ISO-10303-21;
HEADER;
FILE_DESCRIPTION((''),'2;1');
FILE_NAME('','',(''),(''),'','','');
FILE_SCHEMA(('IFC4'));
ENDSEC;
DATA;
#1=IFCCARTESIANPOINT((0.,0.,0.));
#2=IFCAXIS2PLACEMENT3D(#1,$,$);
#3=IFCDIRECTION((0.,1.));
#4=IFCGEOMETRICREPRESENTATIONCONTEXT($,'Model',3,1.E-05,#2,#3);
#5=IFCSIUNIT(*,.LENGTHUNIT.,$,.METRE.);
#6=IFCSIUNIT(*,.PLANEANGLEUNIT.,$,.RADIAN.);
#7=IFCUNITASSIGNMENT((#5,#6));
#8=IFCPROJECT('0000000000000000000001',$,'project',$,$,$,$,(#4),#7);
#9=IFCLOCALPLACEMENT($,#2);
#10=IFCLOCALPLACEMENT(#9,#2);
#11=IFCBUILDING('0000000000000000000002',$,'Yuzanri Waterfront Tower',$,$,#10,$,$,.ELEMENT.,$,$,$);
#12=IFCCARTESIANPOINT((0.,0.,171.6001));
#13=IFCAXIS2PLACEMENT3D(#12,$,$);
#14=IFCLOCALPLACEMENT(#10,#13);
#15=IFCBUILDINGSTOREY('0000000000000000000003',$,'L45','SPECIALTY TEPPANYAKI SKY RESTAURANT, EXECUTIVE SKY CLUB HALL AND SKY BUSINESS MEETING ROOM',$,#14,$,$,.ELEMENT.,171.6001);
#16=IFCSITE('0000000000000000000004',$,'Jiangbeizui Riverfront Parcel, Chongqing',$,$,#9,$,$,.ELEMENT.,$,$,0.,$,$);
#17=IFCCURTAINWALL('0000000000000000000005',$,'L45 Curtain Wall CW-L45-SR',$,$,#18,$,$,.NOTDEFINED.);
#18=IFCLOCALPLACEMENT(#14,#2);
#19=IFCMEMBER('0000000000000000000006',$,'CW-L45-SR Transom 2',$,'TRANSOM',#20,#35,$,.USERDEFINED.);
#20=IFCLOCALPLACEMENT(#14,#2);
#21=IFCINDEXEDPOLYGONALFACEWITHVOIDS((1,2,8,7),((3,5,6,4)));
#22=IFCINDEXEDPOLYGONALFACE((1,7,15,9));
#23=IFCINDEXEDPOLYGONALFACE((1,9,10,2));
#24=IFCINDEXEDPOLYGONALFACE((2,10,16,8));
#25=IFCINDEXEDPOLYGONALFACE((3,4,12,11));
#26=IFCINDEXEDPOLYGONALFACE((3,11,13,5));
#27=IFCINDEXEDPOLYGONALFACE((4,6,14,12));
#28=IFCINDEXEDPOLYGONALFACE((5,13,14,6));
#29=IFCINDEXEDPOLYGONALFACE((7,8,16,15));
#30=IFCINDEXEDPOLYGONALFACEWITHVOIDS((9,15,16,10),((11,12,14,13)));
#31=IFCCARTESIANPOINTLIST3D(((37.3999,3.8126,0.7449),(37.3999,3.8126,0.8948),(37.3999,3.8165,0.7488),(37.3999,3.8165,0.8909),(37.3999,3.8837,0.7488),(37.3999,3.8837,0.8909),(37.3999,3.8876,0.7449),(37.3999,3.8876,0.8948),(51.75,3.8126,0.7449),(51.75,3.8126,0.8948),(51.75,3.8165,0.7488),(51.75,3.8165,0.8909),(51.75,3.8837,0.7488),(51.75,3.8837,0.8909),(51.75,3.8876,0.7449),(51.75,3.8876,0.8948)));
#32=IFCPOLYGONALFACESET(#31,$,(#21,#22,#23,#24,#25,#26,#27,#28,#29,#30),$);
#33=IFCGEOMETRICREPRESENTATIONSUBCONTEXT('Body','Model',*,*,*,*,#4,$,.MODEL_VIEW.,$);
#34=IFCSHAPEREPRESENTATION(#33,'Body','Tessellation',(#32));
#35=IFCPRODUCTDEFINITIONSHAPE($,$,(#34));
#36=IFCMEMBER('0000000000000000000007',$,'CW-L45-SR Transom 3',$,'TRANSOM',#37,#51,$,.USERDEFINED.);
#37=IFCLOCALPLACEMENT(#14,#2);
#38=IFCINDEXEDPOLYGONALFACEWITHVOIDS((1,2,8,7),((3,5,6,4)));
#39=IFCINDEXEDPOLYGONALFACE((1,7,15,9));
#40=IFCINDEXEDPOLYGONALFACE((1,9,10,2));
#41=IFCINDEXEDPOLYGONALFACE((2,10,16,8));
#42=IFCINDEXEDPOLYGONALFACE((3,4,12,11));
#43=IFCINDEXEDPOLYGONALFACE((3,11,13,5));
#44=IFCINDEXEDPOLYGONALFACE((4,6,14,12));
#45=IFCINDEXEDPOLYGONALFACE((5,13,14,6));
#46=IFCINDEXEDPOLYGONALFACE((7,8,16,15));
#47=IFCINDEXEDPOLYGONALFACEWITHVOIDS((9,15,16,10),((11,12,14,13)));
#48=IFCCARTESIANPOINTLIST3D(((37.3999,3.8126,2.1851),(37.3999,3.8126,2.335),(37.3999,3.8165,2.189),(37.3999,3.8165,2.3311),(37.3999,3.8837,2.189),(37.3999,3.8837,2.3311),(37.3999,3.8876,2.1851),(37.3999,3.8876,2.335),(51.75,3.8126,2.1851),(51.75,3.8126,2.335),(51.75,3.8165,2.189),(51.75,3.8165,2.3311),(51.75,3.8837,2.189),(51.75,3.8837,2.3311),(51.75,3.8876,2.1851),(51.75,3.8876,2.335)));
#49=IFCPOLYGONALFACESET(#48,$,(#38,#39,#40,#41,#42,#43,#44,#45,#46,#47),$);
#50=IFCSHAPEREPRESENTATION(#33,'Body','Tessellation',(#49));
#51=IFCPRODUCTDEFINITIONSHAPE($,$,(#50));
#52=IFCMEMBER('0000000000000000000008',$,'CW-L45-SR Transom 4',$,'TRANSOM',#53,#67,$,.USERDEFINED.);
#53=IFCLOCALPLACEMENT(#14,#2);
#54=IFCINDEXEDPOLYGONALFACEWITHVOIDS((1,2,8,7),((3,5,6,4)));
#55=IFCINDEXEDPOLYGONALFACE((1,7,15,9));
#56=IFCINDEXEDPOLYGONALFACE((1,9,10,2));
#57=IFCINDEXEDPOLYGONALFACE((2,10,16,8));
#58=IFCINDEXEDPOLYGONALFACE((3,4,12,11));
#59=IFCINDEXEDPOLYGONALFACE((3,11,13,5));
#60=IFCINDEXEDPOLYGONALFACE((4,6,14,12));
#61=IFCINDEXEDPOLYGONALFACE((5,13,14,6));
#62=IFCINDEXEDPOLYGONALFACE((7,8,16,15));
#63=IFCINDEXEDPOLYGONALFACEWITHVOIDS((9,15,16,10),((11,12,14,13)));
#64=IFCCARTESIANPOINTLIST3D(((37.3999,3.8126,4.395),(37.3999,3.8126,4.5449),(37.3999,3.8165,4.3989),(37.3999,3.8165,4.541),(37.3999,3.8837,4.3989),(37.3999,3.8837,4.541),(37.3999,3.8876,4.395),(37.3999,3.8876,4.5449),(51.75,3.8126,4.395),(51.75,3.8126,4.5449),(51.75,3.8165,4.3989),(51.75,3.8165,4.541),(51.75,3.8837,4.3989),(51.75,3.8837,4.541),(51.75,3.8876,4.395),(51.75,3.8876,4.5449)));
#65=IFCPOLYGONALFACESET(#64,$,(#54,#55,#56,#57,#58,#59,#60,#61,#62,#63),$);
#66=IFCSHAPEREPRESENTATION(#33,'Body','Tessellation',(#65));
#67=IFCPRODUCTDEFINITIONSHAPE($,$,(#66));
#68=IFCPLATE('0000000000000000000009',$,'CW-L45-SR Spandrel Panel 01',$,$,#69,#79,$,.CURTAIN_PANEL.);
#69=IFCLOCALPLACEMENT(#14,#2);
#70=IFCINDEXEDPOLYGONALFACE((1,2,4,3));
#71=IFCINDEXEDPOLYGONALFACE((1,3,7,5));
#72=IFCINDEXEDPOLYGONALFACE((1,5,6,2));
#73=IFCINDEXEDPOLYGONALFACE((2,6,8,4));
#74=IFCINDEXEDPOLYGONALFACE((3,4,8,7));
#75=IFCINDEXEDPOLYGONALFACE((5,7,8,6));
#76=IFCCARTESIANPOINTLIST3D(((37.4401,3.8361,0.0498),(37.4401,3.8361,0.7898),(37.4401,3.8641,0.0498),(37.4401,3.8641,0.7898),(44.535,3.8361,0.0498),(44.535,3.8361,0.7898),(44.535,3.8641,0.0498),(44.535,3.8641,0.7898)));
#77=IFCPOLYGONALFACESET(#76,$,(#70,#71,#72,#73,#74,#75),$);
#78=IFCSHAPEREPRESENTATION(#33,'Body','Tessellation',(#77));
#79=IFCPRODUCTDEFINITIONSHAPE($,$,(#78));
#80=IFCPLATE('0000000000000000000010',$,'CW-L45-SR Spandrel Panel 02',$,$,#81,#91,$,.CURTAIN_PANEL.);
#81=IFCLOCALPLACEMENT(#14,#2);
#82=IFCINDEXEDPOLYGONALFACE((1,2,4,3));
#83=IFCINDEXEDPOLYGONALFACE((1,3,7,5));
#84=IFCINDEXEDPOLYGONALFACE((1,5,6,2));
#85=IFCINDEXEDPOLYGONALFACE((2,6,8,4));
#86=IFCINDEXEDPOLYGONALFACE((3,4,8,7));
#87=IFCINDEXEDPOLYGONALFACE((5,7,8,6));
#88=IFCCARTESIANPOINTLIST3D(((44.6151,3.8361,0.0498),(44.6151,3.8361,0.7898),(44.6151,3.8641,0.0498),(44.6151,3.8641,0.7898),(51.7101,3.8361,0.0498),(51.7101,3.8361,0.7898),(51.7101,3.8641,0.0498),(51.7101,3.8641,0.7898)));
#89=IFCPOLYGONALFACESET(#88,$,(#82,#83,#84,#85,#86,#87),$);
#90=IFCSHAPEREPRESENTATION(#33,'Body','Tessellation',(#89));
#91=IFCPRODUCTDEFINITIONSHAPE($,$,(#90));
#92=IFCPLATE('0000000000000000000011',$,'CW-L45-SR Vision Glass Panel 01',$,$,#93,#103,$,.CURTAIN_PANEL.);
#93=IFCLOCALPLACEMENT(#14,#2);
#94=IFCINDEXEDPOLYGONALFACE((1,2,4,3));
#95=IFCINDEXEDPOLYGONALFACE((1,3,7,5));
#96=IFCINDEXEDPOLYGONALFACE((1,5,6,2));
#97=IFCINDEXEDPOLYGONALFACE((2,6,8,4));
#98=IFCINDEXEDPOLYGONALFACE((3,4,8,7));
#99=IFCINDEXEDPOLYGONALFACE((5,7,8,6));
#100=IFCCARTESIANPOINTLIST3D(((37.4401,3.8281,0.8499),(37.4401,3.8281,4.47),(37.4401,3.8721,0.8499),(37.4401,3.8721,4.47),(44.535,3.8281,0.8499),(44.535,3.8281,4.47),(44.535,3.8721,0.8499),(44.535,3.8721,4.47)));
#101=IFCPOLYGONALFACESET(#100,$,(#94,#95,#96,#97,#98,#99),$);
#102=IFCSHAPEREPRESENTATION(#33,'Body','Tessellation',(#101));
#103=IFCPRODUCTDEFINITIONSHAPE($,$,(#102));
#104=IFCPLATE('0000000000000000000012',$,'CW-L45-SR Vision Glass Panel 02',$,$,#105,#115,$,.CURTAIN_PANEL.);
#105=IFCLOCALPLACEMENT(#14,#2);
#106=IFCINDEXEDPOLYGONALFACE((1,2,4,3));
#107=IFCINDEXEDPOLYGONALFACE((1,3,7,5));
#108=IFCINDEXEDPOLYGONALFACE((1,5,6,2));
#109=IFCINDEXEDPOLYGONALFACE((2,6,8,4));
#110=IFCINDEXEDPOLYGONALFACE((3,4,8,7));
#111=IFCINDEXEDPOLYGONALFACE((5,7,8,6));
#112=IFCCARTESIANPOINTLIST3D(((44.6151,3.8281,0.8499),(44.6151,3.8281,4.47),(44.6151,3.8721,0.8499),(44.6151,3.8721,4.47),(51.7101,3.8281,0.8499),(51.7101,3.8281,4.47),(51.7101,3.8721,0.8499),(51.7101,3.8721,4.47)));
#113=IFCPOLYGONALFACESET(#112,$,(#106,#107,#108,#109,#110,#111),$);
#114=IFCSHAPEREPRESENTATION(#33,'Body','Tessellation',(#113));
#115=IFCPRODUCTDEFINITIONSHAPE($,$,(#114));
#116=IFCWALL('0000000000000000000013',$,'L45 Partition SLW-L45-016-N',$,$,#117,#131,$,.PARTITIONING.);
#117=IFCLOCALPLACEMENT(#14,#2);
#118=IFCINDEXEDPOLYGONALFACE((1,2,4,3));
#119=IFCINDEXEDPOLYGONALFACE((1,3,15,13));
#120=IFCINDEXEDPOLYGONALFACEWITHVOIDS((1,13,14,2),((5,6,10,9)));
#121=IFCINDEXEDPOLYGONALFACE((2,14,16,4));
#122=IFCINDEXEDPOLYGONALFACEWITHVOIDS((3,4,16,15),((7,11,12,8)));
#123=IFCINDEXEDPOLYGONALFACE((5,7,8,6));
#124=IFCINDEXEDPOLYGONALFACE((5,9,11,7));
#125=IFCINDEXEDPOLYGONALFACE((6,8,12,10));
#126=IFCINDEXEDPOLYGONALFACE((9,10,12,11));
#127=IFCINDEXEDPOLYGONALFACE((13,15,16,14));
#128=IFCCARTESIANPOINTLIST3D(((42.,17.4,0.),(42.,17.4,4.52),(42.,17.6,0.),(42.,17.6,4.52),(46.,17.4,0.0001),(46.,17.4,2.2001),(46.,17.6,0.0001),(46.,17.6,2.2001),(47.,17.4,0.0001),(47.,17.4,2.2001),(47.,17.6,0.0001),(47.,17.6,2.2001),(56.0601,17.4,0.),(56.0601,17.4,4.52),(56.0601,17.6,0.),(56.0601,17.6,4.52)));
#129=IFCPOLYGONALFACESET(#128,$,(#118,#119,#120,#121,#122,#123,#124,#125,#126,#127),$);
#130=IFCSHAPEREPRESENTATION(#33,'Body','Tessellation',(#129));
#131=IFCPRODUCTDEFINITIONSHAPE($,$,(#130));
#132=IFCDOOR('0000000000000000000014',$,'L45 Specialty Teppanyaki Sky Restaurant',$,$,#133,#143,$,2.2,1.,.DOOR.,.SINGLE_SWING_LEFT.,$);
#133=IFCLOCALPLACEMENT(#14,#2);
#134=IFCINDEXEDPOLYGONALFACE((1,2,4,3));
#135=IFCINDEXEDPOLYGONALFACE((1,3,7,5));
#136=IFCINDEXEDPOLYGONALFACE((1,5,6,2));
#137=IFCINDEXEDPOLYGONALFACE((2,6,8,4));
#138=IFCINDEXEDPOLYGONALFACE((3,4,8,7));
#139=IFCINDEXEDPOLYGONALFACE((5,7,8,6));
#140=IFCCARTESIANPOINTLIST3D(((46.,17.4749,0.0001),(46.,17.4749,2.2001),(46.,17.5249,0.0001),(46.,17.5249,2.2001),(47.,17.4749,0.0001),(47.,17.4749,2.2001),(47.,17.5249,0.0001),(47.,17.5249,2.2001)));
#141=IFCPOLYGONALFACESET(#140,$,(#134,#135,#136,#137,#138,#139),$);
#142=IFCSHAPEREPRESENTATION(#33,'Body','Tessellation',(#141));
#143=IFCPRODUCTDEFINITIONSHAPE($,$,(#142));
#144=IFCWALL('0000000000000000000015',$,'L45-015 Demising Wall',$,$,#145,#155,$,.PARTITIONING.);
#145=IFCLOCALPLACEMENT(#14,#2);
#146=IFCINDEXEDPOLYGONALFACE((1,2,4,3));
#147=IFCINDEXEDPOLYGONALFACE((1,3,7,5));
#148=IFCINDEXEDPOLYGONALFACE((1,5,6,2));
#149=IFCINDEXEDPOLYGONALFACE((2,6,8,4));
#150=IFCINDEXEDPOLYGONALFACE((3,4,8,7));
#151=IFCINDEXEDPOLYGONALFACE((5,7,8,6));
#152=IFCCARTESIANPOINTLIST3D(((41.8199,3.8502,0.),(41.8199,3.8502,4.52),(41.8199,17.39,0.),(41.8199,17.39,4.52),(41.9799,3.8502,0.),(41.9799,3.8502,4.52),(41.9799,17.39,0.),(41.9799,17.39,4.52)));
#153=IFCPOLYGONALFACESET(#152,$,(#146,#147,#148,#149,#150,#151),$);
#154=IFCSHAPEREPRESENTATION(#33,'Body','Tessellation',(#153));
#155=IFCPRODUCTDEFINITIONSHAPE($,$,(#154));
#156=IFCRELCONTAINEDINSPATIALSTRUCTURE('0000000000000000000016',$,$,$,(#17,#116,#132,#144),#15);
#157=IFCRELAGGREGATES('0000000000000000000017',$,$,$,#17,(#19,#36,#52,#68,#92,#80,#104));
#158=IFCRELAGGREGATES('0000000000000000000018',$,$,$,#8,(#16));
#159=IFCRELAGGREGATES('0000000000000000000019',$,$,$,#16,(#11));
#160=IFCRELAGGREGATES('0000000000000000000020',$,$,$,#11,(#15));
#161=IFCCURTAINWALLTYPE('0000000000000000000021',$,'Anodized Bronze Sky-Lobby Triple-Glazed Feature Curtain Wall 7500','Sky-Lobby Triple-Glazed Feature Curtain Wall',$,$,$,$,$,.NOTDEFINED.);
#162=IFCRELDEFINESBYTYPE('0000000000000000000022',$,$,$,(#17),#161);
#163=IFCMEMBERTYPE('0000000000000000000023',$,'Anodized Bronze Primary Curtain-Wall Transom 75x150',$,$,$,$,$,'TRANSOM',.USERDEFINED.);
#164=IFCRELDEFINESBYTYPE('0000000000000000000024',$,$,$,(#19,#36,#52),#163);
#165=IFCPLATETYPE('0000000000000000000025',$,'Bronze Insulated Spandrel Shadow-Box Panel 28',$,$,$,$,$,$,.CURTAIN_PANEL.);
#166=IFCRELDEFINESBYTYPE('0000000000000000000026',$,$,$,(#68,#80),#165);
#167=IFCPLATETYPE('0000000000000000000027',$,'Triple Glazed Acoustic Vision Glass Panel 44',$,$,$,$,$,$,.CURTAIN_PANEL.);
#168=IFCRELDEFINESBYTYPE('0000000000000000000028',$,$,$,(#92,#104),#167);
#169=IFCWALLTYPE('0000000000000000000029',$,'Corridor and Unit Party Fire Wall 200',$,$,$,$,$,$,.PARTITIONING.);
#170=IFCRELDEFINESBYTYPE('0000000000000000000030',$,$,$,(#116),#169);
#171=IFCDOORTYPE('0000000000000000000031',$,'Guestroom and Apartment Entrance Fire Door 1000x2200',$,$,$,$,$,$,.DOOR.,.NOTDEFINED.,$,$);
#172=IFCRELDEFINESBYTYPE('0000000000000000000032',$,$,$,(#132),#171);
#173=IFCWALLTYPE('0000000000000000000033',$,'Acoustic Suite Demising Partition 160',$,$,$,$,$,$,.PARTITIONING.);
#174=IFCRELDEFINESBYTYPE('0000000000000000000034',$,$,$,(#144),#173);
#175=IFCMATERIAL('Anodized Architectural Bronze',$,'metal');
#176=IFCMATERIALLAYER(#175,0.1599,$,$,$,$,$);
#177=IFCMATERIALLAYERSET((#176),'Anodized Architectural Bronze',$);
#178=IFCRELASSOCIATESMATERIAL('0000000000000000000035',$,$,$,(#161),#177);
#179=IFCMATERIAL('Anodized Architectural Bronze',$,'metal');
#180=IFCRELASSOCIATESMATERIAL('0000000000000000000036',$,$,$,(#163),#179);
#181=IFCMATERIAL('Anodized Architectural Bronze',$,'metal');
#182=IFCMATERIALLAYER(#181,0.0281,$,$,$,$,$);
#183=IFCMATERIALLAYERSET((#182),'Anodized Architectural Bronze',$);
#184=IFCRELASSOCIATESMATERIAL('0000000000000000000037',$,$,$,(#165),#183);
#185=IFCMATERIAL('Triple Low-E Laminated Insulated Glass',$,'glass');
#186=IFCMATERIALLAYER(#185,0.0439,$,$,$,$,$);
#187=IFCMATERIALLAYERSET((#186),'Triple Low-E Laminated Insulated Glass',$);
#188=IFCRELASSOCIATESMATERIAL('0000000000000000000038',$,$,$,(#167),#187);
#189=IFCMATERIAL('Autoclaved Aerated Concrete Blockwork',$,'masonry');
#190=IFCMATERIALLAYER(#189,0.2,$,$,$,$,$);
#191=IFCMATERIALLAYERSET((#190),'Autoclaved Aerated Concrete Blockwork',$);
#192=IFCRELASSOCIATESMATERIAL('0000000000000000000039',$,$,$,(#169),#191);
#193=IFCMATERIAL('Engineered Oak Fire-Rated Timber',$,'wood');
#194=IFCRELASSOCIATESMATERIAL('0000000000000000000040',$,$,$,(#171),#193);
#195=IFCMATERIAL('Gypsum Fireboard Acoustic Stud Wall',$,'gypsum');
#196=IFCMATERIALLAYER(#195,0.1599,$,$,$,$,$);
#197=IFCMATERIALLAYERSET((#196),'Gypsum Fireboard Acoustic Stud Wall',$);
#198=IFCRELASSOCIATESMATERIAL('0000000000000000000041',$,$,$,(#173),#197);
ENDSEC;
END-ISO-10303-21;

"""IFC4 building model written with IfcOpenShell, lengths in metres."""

from ifc_helpers import new_model, si_unit, direction, frame, frame_2d, origin, origin_2d, place, context, subcontext, project, spatial, rectangle, hollow_rectangle, extrude, source, transform, mapped, material, layer, layer_set, material_profile, profile_set, type_object, element, fill, aggregate, save


model = new_model("IFC4")

# Units and contexts
model_context = context("Model", 3, precision=1e-05, world=origin(), true_north=direction((0.0, 1.0)))
body_context = subcontext(model_context, "Body", "Model", "MODEL_VIEW")
ifc_project = project(units=[si_unit("LENGTHUNIT", "METRE"), si_unit("PLANEANGLEUNIT", "RADIAN")], contexts=[model_context])

# Site, building, storey
site_placement = place(None, origin())
site = spatial("IfcSite", under=ifc_project, at=site_placement, Name="Jiangbeizui Riverfront Parcel, Chongqing", CompositionType="ELEMENT", RefElevation=0.0)
building_placement = place(site_placement, origin())
building = spatial("IfcBuilding", under=site, at=building_placement, Name="Yuzanri Waterfront Tower", CompositionType="ELEMENT")
storey_placement = place(building_placement, frame((0.0, 0.0, 171.6001)))
storey = spatial("IfcBuildingStorey", under=building, at=storey_placement, Name="L45", Description="SPECIALTY TEPPANYAKI SKY RESTAURANT, EXECUTIVE SKY CLUB HALL AND SKY BUSINESS MEETING ROOM", CompositionType="ELEMENT", Elevation=171.6001)

# Curtain wall, members, plates
ifc_material_1 = material(Name="Anodized Architectural Bronze", Category="metal")
ifc_layer_1 = layer(ifc_material_1, 0.1599)
ifc_layer_set_1 = layer_set([ifc_layer_1], Name="Anodized Architectural Bronze")
curtain_wall_type = type_object("IfcCurtainWallType", Name="Anodized Bronze Sky-Lobby Triple-Glazed Feature Curtain Wall 7500", Description="Sky-Lobby Triple-Glazed Feature Curtain Wall", PredefinedType="NOTDEFINED", material=ifc_layer_set_1)
curtain_wall_placement = place(storey_placement, origin())
curtain_wall = element("IfcCurtainWall", 1, at=curtain_wall_placement, inside=storey, type_object=curtain_wall_type, Name="L45 Curtain Wall CW-L45-SR", PredefinedType="NOTDEFINED")
ifc_material_2 = material(Name="Anodized Architectural Bronze", Category="metal")
ifc_material_profile_1 = material_profile(ifc_material_2, hollow_rectangle(XDim=0.075, YDim=0.1499, WallThickness=0.0039, at=origin_2d()), Name="CWT 75x150")
ifc_profile_set_1 = profile_set([ifc_material_profile_1], Name="Anodized Architectural Bronze")
member_type_1 = type_object("IfcMemberType", Name="Anodized Bronze Primary Curtain-Wall Transom 75x150", ElementType="TRANSOM", PredefinedType="USERDEFINED", material=ifc_profile_set_1)
shared_shape_1 = source(origin(), body_context, "Body", "SweptSolid", [
    extrude(hollow_rectangle(XDim=0.075, YDim=0.1499, WallThickness=0.0039, at=origin_2d()), origin(), (0.0, 0.0, 1.0), 14.3501),
])
member_1_placement = place(storey_placement, frame((37.3999, 3.8501, 0.8198), z_axis=(1.0, 0.0, 0.0), x_axis=(0.0, 1.0, 0.0)))
member_1 = element("IfcMember", 2, at=member_1_placement, type_object=member_type_1, Name="CW-L45-SR Transom 2", ObjectType="TRANSOM", PredefinedType="USERDEFINED", context=body_context, shape_type="MappedRepresentation", body=[
    mapped(shared_shape_1, transform((0.0, 0.0, 0.0), scale=1.0)),
])
member_2_placement = place(storey_placement, frame((37.3999, 3.8501, 2.26), z_axis=(1.0, 0.0, 0.0), x_axis=(0.0, 1.0, 0.0)))
member_2 = element("IfcMember", 3, at=member_2_placement, type_object=member_type_1, Name="CW-L45-SR Transom 3", ObjectType="TRANSOM", PredefinedType="USERDEFINED", context=body_context, shape_type="MappedRepresentation", body=[
    mapped(shared_shape_1, transform((0.0, 0.0, 0.0), scale=1.0)),
])
member_3_placement = place(storey_placement, frame((37.3999, 3.8501, 4.47), z_axis=(1.0, 0.0, 0.0), x_axis=(0.0, 1.0, 0.0)))
member_3 = element("IfcMember", 4, at=member_3_placement, type_object=member_type_1, Name="CW-L45-SR Transom 4", ObjectType="TRANSOM", PredefinedType="USERDEFINED", context=body_context, shape_type="MappedRepresentation", body=[
    mapped(shared_shape_1, transform((0.0, 0.0, 0.0), scale=1.0)),
])
ifc_material_3 = material(Name="Anodized Architectural Bronze", Category="metal")
ifc_layer_2 = layer(ifc_material_3, 0.0281)
ifc_layer_set_2 = layer_set([ifc_layer_2], Name="Anodized Architectural Bronze")
plate_type_1 = type_object("IfcPlateType", Name="Bronze Insulated Spandrel Shadow-Box Panel 28", PredefinedType="CURTAIN_PANEL", material=ifc_layer_set_2)
shared_shape_2 = source(origin(), body_context, "Body", "SweptSolid", [
    extrude(rectangle(XDim=7.095, YDim=0.0281, at=origin_2d()), origin(), (0.0, 0.0, 1.0), 0.74),
])
plate_1_placement = place(storey_placement, frame((40.9875, 3.8501, 0.0498), z_axis=(0.0, 0.0, 1.0), x_axis=(1.0, 0.0, 0.0)))
plate_1 = element("IfcPlate", 5, at=plate_1_placement, type_object=plate_type_1, Name="CW-L45-SR Spandrel Panel 01", PredefinedType="CURTAIN_PANEL", context=body_context, shape_type="MappedRepresentation", body=[
    mapped(shared_shape_2, transform((0.0, 0.0, 0.0), scale=1.0)),
])
plate_2_placement = place(storey_placement, frame((48.1626, 3.8501, 0.0498), z_axis=(0.0, 0.0, 1.0), x_axis=(1.0, 0.0, 0.0)))
plate_2 = element("IfcPlate", 6, at=plate_2_placement, type_object=plate_type_1, Name="CW-L45-SR Spandrel Panel 02", PredefinedType="CURTAIN_PANEL", context=body_context, shape_type="MappedRepresentation", body=[
    mapped(shared_shape_2, transform((0.0, 0.0, 0.0), scale=1.0)),
])
ifc_material_4 = material(Name="Triple Low-E Laminated Insulated Glass", Category="glass")
ifc_layer_3 = layer(ifc_material_4, 0.0439)
ifc_layer_set_3 = layer_set([ifc_layer_3], Name="Triple Low-E Laminated Insulated Glass")
plate_type_2 = type_object("IfcPlateType", Name="Triple Glazed Acoustic Vision Glass Panel 44", PredefinedType="CURTAIN_PANEL", material=ifc_layer_set_3)
shared_shape_3 = source(origin(), body_context, "Body", "SweptSolid", [
    extrude(rectangle(XDim=7.095, YDim=0.0439, at=origin_2d()), origin(), (0.0, 0.0, 1.0), 3.6201),
])
plate_3_placement = place(storey_placement, frame((40.9875, 3.8501, 0.8499), z_axis=(0.0, 0.0, 1.0), x_axis=(1.0, 0.0, 0.0)))
plate_3 = element("IfcPlate", 7, at=plate_3_placement, type_object=plate_type_2, Name="CW-L45-SR Vision Glass Panel 01", PredefinedType="CURTAIN_PANEL", context=body_context, shape_type="MappedRepresentation", body=[
    mapped(shared_shape_3, transform((0.0, 0.0, 0.0), scale=1.0)),
])
plate_4_placement = place(storey_placement, frame((48.1626, 3.8501, 0.8499), z_axis=(0.0, 0.0, 1.0), x_axis=(1.0, 0.0, 0.0)))
plate_4 = element("IfcPlate", 8, at=plate_4_placement, type_object=plate_type_2, Name="CW-L45-SR Vision Glass Panel 02", PredefinedType="CURTAIN_PANEL", context=body_context, shape_type="MappedRepresentation", body=[
    mapped(shared_shape_3, transform((0.0, 0.0, 0.0), scale=1.0)),
])
aggregate(curtain_wall, [member_1, member_2, member_3, plate_1, plate_3, plate_2, plate_4])

# Wall, opening, door
ifc_material_5 = material(Name="Autoclaved Aerated Concrete Blockwork", Category="masonry")
ifc_layer_4 = layer(ifc_material_5, 0.2)
ifc_layer_set_4 = layer_set([ifc_layer_4], Name="Autoclaved Aerated Concrete Blockwork")
wall_type_1 = type_object("IfcWallType", Name="Corridor and Unit Party Fire Wall 200", PredefinedType="PARTITIONING", material=ifc_layer_set_4)
wall_1_placement = place(storey_placement, frame((42.0, 17.5, 0.0), z_axis=(0.0, 0.0, 1.0), x_axis=(1.0, 0.0, 0.0)))
wall_1 = element("IfcWall", 9, at=wall_1_placement, inside=storey, type_object=wall_type_1, Name="L45 Partition SLW-L45-016-N", PredefinedType="PARTITIONING", context=body_context, shape_type="SweptSolid", body=[
    extrude(rectangle(XDim=14.0601, YDim=0.2, at=frame_2d((7.03, 0.0))), origin(), (0.0, 0.0, 1.0), 4.52),
])
opening_placement = place(wall_1_placement, frame((4.0, 0.0, 0.0)))
opening = element("IfcOpeningElement", 10, at=opening_placement, cuts=wall_1, PredefinedType="OPENING", context=body_context, shape_type="SweptSolid", body=[
    extrude(rectangle(XDim=1.0, YDim=2.2, at=frame_2d((0.5, 1.1001))), frame((0.0, 0.1147, 0.0), z_axis=(0.0, -1.0, 0.0), x_axis=(1.0, 0.0, 0.0)), (0.0, 0.0, 1.0), 0.2297),
])
ifc_material_6 = material(Name="Engineered Oak Fire-Rated Timber", Category="wood")
door_type = type_object("IfcDoorType", Name="Guestroom and Apartment Entrance Fire Door 1000x2200", OperationType="NOTDEFINED", PredefinedType="DOOR", material=ifc_material_6)
shared_shape_4 = source(origin(), body_context, "Body", "SweptSolid", [
    extrude(rectangle(XDim=1.0, YDim=2.2, at=frame_2d((0.5, 1.1001))), frame((0.0, 0.0249, 0.0), z_axis=(0.0, -1.0, 0.0), x_axis=(1.0, 0.0, 0.0)), (0.0, 0.0, 1.0), 0.05),
])
door_placement = place(opening_placement, origin())
door = element("IfcDoor", 11, at=door_placement, inside=storey, type_object=door_type, Name="L45 Specialty Teppanyaki Sky Restaurant", OperationType="SINGLE_SWING_LEFT", OverallHeight=2.2, OverallWidth=1.0, PredefinedType="DOOR", context=body_context, shape_type="MappedRepresentation", body=[
    mapped(shared_shape_4, transform((0.0, 0.0, 0.0), scale=1.0)),
])
fill(opening, door)

# Wall
ifc_material_7 = material(Name="Gypsum Fireboard Acoustic Stud Wall", Category="gypsum")
ifc_layer_5 = layer(ifc_material_7, 0.1599)
ifc_layer_set_5 = layer_set([ifc_layer_5], Name="Gypsum Fireboard Acoustic Stud Wall")
wall_type_2 = type_object("IfcWallType", Name="Acoustic Suite Demising Partition 160", PredefinedType="PARTITIONING", material=ifc_layer_set_5)
shared_shape_5 = source(origin(), body_context, "Body", "SweptSolid", [
    extrude(rectangle(XDim=13.5398, YDim=0.1599, at=frame_2d((6.77, 0.0))), origin(), (0.0, 0.0, 1.0), 4.52),
])
wall_2_placement = place(storey_placement, frame((41.8999, 3.8501, 0.0), z_axis=(0.0, 0.0, 1.0), x_axis=(0.0, 1.0, 0.0)))
element("IfcWall", 12, at=wall_2_placement, inside=storey, type_object=wall_type_2, Name="L45-015 Demising Wall", PredefinedType="PARTITIONING", context=body_context, shape_type="MappedRepresentation", body=[
    mapped(shared_shape_5, transform((0.0, 0.0, 0.0), scale=1.0)),
])

save(model, "model.ifc")
